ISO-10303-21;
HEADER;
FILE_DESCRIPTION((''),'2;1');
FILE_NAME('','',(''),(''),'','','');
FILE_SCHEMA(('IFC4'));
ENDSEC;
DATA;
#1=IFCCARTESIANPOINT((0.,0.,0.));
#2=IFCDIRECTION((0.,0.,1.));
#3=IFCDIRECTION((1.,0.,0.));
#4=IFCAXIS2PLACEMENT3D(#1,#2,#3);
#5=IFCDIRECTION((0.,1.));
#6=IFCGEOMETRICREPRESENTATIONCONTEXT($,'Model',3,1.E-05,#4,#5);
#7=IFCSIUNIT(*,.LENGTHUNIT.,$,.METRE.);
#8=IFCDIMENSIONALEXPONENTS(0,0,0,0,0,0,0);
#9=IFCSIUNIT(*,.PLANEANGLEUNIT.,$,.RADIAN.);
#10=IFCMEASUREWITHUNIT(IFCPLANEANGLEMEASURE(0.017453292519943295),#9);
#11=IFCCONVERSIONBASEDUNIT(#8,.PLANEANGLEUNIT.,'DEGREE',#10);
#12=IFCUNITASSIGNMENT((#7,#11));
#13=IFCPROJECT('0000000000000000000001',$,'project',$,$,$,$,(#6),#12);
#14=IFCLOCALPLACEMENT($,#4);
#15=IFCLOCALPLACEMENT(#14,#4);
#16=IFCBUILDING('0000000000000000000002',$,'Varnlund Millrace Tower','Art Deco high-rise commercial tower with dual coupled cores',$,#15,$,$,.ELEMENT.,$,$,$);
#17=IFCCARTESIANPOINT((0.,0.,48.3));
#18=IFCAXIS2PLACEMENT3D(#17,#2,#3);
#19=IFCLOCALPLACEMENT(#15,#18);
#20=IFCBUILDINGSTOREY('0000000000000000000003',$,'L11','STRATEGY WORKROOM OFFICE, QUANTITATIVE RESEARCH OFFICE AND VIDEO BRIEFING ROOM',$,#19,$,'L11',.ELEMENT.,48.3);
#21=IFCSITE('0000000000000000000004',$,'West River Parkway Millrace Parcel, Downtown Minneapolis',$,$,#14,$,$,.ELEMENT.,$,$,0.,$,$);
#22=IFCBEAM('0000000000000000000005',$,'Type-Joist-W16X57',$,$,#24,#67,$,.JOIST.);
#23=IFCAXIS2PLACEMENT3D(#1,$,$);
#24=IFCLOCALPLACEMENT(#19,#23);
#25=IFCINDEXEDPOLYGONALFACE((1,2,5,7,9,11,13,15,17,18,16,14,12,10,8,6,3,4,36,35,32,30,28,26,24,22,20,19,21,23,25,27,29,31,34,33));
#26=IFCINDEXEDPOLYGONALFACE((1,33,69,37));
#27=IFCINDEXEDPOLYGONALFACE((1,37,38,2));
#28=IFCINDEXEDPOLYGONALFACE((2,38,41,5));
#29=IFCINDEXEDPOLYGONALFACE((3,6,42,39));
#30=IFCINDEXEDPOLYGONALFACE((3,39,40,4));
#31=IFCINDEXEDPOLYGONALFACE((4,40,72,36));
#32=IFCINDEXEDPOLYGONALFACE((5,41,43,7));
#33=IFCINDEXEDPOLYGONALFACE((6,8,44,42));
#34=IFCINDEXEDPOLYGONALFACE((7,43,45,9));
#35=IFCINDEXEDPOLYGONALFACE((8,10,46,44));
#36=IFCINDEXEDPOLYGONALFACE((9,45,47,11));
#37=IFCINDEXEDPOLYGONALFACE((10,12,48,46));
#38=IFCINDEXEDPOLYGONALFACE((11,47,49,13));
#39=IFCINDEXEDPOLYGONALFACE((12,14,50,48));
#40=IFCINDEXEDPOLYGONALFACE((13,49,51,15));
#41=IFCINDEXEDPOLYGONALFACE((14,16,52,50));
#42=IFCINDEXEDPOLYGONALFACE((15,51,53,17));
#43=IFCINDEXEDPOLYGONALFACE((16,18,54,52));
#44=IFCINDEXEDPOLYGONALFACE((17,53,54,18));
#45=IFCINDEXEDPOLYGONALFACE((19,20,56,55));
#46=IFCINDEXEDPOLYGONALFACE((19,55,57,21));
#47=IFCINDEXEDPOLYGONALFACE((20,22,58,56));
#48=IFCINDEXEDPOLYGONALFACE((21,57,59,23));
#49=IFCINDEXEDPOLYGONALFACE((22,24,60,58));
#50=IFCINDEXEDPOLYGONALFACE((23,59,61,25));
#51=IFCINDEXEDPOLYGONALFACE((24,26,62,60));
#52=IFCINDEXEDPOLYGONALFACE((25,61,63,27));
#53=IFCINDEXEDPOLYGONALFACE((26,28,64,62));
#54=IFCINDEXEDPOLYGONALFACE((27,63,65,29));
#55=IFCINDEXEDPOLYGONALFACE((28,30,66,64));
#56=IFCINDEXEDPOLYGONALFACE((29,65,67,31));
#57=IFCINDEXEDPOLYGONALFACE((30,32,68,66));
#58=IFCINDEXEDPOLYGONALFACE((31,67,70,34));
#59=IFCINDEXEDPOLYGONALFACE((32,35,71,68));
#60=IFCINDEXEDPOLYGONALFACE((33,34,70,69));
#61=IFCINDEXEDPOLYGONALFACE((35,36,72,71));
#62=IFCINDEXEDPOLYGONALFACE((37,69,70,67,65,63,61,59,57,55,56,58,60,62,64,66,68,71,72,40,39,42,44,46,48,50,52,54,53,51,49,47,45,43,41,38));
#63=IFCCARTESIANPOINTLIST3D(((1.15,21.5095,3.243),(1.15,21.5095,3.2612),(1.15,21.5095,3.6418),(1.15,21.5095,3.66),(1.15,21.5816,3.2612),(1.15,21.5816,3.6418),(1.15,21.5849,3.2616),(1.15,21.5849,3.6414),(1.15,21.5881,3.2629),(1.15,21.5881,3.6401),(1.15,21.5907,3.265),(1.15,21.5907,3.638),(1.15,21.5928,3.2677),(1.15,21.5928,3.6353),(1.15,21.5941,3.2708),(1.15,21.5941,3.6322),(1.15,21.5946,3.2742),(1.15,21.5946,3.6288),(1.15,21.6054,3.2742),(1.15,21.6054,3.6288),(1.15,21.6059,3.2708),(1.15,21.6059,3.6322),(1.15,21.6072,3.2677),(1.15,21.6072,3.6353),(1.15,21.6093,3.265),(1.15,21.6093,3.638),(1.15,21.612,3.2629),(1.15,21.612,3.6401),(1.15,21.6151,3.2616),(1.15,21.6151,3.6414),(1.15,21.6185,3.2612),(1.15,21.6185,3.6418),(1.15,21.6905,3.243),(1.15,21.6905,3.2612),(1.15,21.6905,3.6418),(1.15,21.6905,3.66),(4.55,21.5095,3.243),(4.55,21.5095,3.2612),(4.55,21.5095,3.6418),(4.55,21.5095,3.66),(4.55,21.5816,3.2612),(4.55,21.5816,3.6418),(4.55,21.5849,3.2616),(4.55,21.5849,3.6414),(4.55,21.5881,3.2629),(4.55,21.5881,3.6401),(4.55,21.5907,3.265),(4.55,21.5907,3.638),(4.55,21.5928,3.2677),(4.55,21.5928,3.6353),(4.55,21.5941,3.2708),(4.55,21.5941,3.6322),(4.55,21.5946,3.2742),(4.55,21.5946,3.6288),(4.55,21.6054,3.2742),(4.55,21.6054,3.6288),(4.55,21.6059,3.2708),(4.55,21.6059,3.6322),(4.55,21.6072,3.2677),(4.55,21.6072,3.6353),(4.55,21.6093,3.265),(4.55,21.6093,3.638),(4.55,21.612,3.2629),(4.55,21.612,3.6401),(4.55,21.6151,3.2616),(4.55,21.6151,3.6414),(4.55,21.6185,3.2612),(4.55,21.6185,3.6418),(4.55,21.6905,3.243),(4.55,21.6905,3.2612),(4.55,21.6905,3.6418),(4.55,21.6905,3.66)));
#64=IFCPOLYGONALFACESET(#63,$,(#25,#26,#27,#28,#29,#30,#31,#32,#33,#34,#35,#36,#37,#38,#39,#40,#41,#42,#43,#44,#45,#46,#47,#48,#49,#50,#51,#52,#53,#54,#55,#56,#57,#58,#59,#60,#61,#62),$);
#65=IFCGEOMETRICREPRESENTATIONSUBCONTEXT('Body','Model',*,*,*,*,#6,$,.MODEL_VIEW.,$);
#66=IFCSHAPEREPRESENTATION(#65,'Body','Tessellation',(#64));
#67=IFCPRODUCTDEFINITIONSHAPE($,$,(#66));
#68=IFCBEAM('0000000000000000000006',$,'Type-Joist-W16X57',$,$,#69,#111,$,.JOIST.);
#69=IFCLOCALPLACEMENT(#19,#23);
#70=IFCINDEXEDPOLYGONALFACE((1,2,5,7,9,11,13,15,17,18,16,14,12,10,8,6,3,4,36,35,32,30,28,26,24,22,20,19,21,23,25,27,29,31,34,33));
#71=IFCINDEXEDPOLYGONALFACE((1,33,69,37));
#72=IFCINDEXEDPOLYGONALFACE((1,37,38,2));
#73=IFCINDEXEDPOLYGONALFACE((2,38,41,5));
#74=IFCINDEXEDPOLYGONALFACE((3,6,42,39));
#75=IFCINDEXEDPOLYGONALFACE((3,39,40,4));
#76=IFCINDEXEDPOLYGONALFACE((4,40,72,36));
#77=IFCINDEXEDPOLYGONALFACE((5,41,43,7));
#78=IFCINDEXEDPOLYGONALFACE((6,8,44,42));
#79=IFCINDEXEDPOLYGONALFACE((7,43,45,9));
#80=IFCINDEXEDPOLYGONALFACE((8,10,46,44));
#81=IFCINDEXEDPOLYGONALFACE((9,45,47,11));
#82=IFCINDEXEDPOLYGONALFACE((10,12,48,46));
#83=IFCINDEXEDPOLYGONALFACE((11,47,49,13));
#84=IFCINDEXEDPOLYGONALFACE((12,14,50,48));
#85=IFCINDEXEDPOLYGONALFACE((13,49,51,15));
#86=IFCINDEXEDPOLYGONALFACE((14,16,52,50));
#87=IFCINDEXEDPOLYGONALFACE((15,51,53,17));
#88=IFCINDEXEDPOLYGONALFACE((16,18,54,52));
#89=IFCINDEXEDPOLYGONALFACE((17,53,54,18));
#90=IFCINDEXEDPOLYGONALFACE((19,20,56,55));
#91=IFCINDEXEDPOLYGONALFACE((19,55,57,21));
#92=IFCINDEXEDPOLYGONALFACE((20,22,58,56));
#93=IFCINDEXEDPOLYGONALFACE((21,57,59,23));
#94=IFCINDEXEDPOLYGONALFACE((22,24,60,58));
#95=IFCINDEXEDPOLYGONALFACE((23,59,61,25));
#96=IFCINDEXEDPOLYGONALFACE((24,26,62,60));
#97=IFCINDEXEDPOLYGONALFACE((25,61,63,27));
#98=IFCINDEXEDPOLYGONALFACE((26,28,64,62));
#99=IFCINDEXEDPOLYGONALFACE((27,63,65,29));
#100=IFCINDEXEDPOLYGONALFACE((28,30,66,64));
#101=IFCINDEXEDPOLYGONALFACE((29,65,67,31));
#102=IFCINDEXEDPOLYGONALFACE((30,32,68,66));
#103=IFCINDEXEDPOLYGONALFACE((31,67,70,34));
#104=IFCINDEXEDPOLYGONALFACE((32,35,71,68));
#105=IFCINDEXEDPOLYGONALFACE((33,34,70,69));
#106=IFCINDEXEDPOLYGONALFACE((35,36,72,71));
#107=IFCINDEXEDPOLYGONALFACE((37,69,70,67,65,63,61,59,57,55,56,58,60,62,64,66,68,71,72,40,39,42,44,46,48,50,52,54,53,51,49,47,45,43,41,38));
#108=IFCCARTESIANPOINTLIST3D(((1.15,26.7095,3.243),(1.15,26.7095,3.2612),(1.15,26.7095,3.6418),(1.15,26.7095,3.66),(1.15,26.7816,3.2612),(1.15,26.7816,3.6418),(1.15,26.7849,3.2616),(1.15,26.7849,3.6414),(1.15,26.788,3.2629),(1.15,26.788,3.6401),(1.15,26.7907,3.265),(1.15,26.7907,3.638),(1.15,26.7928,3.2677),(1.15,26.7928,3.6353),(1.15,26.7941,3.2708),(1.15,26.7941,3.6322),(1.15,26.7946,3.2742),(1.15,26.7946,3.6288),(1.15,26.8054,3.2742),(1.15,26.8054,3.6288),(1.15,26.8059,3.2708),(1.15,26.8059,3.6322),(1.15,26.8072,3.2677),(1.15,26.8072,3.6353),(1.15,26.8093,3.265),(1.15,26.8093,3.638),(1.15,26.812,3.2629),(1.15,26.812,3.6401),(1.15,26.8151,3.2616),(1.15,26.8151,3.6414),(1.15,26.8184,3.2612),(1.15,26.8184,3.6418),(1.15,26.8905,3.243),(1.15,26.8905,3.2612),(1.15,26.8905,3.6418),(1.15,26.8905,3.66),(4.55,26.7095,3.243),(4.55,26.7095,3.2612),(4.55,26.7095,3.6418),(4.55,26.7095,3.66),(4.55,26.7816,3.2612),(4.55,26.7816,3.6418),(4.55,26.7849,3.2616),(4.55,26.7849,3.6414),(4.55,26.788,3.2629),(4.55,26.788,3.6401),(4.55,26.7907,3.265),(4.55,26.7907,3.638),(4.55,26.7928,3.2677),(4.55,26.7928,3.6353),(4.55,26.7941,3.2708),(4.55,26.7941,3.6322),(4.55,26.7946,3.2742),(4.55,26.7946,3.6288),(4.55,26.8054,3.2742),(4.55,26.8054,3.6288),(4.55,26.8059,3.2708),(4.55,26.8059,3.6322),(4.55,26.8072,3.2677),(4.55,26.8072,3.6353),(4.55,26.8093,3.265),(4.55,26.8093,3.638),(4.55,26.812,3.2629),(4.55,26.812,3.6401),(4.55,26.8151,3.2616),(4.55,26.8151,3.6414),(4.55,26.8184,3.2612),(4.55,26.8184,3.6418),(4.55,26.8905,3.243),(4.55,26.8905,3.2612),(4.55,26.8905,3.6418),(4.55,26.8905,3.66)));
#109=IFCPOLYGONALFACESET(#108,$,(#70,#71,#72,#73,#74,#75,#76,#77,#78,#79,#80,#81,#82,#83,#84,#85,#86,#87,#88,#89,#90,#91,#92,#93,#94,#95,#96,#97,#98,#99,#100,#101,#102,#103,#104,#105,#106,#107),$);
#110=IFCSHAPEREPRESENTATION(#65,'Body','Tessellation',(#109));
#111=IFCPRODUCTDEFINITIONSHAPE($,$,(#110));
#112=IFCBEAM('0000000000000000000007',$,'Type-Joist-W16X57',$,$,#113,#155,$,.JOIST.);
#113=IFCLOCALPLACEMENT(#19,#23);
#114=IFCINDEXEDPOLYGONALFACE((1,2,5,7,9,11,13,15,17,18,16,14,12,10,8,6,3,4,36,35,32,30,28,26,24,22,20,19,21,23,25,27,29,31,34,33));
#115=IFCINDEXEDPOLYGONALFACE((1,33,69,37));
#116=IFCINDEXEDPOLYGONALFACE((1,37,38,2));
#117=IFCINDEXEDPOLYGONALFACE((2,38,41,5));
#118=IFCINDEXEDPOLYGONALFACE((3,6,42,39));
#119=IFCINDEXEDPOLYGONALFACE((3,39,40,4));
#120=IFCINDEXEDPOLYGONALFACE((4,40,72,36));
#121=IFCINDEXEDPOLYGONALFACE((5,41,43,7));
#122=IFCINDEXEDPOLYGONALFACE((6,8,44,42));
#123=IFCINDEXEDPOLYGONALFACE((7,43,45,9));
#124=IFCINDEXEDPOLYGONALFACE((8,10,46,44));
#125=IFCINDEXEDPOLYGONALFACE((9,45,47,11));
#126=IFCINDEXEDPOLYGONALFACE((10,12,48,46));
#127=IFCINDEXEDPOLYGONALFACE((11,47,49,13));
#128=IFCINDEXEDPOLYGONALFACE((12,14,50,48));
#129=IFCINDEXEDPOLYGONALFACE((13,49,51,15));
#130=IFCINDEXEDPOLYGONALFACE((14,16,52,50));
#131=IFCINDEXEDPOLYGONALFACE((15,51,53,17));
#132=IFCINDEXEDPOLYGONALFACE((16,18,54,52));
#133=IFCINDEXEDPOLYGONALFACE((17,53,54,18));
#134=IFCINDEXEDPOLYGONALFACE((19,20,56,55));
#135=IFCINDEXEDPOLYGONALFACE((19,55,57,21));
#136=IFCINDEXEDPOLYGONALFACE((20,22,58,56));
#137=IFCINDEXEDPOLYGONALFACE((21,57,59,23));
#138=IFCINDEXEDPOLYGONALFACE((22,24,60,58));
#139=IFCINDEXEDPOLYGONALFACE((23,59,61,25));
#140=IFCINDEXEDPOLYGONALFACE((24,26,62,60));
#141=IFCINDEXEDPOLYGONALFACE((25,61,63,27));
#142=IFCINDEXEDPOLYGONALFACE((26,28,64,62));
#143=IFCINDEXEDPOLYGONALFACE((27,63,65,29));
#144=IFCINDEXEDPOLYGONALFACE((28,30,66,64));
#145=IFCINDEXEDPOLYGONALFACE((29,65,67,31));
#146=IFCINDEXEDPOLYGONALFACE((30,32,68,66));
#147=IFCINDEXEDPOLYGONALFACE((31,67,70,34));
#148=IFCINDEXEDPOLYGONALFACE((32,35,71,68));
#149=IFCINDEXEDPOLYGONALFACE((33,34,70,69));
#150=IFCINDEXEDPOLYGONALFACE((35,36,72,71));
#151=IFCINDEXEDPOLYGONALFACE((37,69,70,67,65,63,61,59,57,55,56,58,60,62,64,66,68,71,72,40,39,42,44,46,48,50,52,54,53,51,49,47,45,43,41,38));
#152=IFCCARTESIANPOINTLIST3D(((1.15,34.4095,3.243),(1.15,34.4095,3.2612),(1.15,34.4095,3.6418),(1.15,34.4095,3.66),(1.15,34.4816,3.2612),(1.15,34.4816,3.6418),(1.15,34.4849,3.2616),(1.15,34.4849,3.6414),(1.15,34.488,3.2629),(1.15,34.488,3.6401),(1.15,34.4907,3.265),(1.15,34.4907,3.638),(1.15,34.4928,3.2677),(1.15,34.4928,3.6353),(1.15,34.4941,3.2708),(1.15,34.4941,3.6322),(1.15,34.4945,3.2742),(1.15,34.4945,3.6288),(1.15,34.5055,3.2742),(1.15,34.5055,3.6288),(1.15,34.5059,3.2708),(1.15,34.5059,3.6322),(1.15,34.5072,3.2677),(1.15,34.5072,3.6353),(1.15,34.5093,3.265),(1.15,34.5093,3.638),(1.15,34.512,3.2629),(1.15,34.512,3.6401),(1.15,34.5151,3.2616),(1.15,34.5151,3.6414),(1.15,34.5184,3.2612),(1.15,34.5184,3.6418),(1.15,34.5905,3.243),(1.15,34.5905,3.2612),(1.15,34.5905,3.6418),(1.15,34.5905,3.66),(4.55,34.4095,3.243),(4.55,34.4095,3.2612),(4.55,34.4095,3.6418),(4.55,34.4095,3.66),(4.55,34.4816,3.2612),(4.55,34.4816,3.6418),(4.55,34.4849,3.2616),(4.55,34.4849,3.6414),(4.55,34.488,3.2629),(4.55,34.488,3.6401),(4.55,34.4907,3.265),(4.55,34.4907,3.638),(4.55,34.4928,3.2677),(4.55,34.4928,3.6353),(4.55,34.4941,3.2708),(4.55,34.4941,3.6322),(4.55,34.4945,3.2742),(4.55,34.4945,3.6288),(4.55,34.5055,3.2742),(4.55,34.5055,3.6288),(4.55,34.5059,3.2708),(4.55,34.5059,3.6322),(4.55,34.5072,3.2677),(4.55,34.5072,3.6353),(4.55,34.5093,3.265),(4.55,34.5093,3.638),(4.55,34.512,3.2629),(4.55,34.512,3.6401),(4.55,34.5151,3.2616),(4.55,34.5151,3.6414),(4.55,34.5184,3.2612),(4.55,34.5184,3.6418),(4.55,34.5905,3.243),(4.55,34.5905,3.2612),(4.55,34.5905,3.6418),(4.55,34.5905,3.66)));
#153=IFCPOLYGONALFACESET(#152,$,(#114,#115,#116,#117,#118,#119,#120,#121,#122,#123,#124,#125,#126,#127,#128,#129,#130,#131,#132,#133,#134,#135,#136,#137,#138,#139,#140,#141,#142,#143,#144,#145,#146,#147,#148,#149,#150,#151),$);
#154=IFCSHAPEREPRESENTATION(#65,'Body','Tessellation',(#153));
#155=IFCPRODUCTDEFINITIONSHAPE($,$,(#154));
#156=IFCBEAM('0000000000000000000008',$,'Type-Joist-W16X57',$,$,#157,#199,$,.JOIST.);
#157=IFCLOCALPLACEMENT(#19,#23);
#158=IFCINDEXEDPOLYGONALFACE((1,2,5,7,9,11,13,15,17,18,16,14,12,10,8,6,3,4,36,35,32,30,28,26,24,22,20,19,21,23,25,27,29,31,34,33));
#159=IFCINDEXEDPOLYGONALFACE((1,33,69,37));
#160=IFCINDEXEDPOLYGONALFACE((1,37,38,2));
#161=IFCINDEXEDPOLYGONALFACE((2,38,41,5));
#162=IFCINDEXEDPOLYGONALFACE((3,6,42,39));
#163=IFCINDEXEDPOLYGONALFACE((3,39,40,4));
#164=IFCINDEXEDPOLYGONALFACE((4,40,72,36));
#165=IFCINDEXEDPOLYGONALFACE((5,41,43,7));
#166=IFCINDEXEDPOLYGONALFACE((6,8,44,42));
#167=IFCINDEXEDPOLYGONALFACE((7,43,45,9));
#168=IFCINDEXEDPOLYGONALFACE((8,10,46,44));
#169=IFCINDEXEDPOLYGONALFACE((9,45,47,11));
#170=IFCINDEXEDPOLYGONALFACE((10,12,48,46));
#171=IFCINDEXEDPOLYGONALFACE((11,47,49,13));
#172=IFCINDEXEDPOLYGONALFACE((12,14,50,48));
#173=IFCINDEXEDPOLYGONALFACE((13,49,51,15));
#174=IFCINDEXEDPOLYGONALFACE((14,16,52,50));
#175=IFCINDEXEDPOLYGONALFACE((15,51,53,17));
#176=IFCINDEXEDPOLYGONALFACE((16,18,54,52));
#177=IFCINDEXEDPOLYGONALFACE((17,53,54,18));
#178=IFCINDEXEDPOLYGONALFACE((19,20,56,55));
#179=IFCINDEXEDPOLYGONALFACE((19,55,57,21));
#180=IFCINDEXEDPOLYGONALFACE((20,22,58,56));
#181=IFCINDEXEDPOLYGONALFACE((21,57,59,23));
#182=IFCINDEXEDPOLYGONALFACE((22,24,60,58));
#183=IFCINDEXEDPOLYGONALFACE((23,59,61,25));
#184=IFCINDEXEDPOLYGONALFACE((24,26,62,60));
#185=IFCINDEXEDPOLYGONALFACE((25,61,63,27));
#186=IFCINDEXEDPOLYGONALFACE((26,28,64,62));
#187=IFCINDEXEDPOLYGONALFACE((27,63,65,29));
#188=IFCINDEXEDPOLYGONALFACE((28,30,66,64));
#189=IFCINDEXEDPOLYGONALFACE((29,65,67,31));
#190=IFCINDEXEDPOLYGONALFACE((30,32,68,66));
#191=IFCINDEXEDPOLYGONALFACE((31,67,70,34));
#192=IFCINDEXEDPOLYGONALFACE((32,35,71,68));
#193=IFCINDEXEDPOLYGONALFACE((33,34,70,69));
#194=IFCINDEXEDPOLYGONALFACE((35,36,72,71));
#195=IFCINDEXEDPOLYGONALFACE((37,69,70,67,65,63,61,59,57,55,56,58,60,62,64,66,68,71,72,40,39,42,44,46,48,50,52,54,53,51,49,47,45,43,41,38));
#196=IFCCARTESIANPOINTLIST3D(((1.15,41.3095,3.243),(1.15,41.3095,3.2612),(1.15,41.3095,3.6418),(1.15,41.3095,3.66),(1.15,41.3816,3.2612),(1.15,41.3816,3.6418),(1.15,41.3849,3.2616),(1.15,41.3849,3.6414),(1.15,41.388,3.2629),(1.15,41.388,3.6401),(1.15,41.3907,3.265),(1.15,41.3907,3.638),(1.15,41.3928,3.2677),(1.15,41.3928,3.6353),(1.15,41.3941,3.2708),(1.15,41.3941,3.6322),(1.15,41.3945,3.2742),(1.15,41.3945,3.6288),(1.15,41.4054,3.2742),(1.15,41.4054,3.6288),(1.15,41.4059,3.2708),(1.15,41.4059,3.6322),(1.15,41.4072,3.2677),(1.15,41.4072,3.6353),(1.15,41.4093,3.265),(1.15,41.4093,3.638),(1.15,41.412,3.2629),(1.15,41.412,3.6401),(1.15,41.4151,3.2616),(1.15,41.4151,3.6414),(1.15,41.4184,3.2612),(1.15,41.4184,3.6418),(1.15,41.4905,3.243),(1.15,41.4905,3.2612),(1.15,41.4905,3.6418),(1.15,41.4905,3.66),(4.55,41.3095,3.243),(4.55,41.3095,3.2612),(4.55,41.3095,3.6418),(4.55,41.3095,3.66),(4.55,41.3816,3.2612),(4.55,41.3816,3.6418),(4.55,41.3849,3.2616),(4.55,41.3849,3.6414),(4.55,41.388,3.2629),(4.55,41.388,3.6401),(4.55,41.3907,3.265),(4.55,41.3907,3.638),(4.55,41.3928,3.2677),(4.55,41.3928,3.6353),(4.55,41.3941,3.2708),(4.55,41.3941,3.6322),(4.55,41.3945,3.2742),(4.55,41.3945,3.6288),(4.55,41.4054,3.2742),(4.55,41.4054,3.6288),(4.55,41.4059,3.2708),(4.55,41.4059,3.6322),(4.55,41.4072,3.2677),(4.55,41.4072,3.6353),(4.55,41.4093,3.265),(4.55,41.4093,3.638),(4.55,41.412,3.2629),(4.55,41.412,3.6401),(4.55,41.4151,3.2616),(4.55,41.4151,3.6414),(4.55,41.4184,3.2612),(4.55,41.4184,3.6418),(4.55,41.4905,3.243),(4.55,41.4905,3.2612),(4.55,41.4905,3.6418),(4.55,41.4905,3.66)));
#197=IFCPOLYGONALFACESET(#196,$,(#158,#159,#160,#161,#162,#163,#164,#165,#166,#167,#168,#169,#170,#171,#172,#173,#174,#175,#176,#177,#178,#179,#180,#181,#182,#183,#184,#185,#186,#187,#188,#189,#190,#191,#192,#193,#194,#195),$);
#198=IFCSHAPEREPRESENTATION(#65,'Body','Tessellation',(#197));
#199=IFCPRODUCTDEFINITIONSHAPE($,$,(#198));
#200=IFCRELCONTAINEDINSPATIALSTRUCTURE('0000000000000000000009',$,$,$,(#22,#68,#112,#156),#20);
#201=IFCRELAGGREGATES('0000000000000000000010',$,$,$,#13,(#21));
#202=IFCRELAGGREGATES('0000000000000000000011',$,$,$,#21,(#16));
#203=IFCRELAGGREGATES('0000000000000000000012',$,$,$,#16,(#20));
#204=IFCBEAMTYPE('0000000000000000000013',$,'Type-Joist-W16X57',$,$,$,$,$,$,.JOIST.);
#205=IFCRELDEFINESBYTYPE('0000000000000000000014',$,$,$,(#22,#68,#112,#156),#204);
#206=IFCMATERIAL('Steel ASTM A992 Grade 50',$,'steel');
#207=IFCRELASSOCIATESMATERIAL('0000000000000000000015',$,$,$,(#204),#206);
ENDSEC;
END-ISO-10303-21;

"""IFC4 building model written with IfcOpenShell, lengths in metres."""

from ifc_helpers import new_model, entity, si_unit, converted_unit, direction, frame, origin_with_axes, origin_2d_with_axis, place, context, subcontext, project, spatial, i_section, extrude, material, material_profile, profile_set, type_object, element, save


model = new_model("IFC4")

# Units and contexts
model_context = context("Model", 3, precision=1e-05, world=origin_with_axes(), true_north=direction((0.0, 1.0)))
body_context = subcontext(model_context, "Body", "Model", "MODEL_VIEW")
ifc_project = project(units=[si_unit("LENGTHUNIT", "METRE"), converted_unit("PLANEANGLEUNIT", "DEGREE", entity("IfcPlaneAngleMeasure", 0.017453292519943295), si_unit("PLANEANGLEUNIT", "RADIAN"), dimensions=[0, 0, 0, 0, 0, 0, 0])], contexts=[model_context])

# Site, building, storey
site_placement = place(None, origin_with_axes())
site = spatial("IfcSite", under=ifc_project, at=site_placement, Name="West River Parkway Millrace Parcel, Downtown Minneapolis", CompositionType="ELEMENT", RefElevation=0.0)
building_placement = place(site_placement, origin_with_axes())
building = spatial("IfcBuilding", under=site, at=building_placement, Name="Varnlund Millrace Tower", Description="Art Deco high-rise commercial tower with dual coupled cores", CompositionType="ELEMENT")
storey_placement = place(building_placement, frame((0.0, 0.0, 48.3), z_axis=(0.0, 0.0, 1.0), x_axis=(1.0, 0.0, 0.0)))
storey = spatial("IfcBuildingStorey", under=building, at=storey_placement, Name="L11", Description="STRATEGY WORKROOM OFFICE, QUANTITATIVE RESEARCH OFFICE AND VIDEO BRIEFING ROOM", LongName="L11", CompositionType="ELEMENT", Elevation=48.3)

# Beams
ifc_material_1 = material(Name="Steel ASTM A992 Grade 50", Category="steel")
ifc_material_profile_1 = material_profile(ifc_material_1, i_section(OverallWidth=0.181, OverallDepth=0.417, WebThickness=0.0109, FlangeThickness=0.0182, FilletRadius=0.013, at=origin_2d_with_axis()), Name="Steel ASTM A992 Grade 50")
ifc_profile_set_1 = profile_set([ifc_material_profile_1], Name="Steel ASTM A992 Grade 50")
beam_type_1 = type_object("IfcBeamType", Name="Type-Joist-W16X57", PredefinedType="JOIST", material=ifc_profile_set_1)
for number, where, z_axis, x_axis, name in (
    (1, (1.15, 21.6, 3.4515), (1.0, 0.0, 0.0), (0.0, 1.0, 0.0), "Type-Joist-W16X57"),
    (2, (1.15, 26.8, 3.4515), (1.0, 0.0, 0.0), (0.0, 1.0, 0.0), "Type-Joist-W16X57"),
    (3, (1.15, 34.5, 3.4515), (1.0, 0.0, 0.0), (0.0, 1.0, 0.0), "Type-Joist-W16X57"),
    (4, (1.15, 41.4, 3.4515), (1.0, 0.0, 0.0), (0.0, 1.0, 0.0), "Type-Joist-W16X57"),
):
    element("IfcBeam", number, at=place(storey_placement, frame(where, z_axis=z_axis, x_axis=x_axis)), inside=storey, type_object=beam_type_1, Name=name, PredefinedType="JOIST", context=body_context, shape_type="SweptSolid", body=[
        extrude(i_section(OverallWidth=0.181, OverallDepth=0.417, WebThickness=0.0109, FlangeThickness=0.0182, FilletRadius=0.013, at=origin_2d_with_axis()), origin_with_axes(), (0.0, 0.0, 1.0), 3.4),
    ])

save(model, "model.ifc")
